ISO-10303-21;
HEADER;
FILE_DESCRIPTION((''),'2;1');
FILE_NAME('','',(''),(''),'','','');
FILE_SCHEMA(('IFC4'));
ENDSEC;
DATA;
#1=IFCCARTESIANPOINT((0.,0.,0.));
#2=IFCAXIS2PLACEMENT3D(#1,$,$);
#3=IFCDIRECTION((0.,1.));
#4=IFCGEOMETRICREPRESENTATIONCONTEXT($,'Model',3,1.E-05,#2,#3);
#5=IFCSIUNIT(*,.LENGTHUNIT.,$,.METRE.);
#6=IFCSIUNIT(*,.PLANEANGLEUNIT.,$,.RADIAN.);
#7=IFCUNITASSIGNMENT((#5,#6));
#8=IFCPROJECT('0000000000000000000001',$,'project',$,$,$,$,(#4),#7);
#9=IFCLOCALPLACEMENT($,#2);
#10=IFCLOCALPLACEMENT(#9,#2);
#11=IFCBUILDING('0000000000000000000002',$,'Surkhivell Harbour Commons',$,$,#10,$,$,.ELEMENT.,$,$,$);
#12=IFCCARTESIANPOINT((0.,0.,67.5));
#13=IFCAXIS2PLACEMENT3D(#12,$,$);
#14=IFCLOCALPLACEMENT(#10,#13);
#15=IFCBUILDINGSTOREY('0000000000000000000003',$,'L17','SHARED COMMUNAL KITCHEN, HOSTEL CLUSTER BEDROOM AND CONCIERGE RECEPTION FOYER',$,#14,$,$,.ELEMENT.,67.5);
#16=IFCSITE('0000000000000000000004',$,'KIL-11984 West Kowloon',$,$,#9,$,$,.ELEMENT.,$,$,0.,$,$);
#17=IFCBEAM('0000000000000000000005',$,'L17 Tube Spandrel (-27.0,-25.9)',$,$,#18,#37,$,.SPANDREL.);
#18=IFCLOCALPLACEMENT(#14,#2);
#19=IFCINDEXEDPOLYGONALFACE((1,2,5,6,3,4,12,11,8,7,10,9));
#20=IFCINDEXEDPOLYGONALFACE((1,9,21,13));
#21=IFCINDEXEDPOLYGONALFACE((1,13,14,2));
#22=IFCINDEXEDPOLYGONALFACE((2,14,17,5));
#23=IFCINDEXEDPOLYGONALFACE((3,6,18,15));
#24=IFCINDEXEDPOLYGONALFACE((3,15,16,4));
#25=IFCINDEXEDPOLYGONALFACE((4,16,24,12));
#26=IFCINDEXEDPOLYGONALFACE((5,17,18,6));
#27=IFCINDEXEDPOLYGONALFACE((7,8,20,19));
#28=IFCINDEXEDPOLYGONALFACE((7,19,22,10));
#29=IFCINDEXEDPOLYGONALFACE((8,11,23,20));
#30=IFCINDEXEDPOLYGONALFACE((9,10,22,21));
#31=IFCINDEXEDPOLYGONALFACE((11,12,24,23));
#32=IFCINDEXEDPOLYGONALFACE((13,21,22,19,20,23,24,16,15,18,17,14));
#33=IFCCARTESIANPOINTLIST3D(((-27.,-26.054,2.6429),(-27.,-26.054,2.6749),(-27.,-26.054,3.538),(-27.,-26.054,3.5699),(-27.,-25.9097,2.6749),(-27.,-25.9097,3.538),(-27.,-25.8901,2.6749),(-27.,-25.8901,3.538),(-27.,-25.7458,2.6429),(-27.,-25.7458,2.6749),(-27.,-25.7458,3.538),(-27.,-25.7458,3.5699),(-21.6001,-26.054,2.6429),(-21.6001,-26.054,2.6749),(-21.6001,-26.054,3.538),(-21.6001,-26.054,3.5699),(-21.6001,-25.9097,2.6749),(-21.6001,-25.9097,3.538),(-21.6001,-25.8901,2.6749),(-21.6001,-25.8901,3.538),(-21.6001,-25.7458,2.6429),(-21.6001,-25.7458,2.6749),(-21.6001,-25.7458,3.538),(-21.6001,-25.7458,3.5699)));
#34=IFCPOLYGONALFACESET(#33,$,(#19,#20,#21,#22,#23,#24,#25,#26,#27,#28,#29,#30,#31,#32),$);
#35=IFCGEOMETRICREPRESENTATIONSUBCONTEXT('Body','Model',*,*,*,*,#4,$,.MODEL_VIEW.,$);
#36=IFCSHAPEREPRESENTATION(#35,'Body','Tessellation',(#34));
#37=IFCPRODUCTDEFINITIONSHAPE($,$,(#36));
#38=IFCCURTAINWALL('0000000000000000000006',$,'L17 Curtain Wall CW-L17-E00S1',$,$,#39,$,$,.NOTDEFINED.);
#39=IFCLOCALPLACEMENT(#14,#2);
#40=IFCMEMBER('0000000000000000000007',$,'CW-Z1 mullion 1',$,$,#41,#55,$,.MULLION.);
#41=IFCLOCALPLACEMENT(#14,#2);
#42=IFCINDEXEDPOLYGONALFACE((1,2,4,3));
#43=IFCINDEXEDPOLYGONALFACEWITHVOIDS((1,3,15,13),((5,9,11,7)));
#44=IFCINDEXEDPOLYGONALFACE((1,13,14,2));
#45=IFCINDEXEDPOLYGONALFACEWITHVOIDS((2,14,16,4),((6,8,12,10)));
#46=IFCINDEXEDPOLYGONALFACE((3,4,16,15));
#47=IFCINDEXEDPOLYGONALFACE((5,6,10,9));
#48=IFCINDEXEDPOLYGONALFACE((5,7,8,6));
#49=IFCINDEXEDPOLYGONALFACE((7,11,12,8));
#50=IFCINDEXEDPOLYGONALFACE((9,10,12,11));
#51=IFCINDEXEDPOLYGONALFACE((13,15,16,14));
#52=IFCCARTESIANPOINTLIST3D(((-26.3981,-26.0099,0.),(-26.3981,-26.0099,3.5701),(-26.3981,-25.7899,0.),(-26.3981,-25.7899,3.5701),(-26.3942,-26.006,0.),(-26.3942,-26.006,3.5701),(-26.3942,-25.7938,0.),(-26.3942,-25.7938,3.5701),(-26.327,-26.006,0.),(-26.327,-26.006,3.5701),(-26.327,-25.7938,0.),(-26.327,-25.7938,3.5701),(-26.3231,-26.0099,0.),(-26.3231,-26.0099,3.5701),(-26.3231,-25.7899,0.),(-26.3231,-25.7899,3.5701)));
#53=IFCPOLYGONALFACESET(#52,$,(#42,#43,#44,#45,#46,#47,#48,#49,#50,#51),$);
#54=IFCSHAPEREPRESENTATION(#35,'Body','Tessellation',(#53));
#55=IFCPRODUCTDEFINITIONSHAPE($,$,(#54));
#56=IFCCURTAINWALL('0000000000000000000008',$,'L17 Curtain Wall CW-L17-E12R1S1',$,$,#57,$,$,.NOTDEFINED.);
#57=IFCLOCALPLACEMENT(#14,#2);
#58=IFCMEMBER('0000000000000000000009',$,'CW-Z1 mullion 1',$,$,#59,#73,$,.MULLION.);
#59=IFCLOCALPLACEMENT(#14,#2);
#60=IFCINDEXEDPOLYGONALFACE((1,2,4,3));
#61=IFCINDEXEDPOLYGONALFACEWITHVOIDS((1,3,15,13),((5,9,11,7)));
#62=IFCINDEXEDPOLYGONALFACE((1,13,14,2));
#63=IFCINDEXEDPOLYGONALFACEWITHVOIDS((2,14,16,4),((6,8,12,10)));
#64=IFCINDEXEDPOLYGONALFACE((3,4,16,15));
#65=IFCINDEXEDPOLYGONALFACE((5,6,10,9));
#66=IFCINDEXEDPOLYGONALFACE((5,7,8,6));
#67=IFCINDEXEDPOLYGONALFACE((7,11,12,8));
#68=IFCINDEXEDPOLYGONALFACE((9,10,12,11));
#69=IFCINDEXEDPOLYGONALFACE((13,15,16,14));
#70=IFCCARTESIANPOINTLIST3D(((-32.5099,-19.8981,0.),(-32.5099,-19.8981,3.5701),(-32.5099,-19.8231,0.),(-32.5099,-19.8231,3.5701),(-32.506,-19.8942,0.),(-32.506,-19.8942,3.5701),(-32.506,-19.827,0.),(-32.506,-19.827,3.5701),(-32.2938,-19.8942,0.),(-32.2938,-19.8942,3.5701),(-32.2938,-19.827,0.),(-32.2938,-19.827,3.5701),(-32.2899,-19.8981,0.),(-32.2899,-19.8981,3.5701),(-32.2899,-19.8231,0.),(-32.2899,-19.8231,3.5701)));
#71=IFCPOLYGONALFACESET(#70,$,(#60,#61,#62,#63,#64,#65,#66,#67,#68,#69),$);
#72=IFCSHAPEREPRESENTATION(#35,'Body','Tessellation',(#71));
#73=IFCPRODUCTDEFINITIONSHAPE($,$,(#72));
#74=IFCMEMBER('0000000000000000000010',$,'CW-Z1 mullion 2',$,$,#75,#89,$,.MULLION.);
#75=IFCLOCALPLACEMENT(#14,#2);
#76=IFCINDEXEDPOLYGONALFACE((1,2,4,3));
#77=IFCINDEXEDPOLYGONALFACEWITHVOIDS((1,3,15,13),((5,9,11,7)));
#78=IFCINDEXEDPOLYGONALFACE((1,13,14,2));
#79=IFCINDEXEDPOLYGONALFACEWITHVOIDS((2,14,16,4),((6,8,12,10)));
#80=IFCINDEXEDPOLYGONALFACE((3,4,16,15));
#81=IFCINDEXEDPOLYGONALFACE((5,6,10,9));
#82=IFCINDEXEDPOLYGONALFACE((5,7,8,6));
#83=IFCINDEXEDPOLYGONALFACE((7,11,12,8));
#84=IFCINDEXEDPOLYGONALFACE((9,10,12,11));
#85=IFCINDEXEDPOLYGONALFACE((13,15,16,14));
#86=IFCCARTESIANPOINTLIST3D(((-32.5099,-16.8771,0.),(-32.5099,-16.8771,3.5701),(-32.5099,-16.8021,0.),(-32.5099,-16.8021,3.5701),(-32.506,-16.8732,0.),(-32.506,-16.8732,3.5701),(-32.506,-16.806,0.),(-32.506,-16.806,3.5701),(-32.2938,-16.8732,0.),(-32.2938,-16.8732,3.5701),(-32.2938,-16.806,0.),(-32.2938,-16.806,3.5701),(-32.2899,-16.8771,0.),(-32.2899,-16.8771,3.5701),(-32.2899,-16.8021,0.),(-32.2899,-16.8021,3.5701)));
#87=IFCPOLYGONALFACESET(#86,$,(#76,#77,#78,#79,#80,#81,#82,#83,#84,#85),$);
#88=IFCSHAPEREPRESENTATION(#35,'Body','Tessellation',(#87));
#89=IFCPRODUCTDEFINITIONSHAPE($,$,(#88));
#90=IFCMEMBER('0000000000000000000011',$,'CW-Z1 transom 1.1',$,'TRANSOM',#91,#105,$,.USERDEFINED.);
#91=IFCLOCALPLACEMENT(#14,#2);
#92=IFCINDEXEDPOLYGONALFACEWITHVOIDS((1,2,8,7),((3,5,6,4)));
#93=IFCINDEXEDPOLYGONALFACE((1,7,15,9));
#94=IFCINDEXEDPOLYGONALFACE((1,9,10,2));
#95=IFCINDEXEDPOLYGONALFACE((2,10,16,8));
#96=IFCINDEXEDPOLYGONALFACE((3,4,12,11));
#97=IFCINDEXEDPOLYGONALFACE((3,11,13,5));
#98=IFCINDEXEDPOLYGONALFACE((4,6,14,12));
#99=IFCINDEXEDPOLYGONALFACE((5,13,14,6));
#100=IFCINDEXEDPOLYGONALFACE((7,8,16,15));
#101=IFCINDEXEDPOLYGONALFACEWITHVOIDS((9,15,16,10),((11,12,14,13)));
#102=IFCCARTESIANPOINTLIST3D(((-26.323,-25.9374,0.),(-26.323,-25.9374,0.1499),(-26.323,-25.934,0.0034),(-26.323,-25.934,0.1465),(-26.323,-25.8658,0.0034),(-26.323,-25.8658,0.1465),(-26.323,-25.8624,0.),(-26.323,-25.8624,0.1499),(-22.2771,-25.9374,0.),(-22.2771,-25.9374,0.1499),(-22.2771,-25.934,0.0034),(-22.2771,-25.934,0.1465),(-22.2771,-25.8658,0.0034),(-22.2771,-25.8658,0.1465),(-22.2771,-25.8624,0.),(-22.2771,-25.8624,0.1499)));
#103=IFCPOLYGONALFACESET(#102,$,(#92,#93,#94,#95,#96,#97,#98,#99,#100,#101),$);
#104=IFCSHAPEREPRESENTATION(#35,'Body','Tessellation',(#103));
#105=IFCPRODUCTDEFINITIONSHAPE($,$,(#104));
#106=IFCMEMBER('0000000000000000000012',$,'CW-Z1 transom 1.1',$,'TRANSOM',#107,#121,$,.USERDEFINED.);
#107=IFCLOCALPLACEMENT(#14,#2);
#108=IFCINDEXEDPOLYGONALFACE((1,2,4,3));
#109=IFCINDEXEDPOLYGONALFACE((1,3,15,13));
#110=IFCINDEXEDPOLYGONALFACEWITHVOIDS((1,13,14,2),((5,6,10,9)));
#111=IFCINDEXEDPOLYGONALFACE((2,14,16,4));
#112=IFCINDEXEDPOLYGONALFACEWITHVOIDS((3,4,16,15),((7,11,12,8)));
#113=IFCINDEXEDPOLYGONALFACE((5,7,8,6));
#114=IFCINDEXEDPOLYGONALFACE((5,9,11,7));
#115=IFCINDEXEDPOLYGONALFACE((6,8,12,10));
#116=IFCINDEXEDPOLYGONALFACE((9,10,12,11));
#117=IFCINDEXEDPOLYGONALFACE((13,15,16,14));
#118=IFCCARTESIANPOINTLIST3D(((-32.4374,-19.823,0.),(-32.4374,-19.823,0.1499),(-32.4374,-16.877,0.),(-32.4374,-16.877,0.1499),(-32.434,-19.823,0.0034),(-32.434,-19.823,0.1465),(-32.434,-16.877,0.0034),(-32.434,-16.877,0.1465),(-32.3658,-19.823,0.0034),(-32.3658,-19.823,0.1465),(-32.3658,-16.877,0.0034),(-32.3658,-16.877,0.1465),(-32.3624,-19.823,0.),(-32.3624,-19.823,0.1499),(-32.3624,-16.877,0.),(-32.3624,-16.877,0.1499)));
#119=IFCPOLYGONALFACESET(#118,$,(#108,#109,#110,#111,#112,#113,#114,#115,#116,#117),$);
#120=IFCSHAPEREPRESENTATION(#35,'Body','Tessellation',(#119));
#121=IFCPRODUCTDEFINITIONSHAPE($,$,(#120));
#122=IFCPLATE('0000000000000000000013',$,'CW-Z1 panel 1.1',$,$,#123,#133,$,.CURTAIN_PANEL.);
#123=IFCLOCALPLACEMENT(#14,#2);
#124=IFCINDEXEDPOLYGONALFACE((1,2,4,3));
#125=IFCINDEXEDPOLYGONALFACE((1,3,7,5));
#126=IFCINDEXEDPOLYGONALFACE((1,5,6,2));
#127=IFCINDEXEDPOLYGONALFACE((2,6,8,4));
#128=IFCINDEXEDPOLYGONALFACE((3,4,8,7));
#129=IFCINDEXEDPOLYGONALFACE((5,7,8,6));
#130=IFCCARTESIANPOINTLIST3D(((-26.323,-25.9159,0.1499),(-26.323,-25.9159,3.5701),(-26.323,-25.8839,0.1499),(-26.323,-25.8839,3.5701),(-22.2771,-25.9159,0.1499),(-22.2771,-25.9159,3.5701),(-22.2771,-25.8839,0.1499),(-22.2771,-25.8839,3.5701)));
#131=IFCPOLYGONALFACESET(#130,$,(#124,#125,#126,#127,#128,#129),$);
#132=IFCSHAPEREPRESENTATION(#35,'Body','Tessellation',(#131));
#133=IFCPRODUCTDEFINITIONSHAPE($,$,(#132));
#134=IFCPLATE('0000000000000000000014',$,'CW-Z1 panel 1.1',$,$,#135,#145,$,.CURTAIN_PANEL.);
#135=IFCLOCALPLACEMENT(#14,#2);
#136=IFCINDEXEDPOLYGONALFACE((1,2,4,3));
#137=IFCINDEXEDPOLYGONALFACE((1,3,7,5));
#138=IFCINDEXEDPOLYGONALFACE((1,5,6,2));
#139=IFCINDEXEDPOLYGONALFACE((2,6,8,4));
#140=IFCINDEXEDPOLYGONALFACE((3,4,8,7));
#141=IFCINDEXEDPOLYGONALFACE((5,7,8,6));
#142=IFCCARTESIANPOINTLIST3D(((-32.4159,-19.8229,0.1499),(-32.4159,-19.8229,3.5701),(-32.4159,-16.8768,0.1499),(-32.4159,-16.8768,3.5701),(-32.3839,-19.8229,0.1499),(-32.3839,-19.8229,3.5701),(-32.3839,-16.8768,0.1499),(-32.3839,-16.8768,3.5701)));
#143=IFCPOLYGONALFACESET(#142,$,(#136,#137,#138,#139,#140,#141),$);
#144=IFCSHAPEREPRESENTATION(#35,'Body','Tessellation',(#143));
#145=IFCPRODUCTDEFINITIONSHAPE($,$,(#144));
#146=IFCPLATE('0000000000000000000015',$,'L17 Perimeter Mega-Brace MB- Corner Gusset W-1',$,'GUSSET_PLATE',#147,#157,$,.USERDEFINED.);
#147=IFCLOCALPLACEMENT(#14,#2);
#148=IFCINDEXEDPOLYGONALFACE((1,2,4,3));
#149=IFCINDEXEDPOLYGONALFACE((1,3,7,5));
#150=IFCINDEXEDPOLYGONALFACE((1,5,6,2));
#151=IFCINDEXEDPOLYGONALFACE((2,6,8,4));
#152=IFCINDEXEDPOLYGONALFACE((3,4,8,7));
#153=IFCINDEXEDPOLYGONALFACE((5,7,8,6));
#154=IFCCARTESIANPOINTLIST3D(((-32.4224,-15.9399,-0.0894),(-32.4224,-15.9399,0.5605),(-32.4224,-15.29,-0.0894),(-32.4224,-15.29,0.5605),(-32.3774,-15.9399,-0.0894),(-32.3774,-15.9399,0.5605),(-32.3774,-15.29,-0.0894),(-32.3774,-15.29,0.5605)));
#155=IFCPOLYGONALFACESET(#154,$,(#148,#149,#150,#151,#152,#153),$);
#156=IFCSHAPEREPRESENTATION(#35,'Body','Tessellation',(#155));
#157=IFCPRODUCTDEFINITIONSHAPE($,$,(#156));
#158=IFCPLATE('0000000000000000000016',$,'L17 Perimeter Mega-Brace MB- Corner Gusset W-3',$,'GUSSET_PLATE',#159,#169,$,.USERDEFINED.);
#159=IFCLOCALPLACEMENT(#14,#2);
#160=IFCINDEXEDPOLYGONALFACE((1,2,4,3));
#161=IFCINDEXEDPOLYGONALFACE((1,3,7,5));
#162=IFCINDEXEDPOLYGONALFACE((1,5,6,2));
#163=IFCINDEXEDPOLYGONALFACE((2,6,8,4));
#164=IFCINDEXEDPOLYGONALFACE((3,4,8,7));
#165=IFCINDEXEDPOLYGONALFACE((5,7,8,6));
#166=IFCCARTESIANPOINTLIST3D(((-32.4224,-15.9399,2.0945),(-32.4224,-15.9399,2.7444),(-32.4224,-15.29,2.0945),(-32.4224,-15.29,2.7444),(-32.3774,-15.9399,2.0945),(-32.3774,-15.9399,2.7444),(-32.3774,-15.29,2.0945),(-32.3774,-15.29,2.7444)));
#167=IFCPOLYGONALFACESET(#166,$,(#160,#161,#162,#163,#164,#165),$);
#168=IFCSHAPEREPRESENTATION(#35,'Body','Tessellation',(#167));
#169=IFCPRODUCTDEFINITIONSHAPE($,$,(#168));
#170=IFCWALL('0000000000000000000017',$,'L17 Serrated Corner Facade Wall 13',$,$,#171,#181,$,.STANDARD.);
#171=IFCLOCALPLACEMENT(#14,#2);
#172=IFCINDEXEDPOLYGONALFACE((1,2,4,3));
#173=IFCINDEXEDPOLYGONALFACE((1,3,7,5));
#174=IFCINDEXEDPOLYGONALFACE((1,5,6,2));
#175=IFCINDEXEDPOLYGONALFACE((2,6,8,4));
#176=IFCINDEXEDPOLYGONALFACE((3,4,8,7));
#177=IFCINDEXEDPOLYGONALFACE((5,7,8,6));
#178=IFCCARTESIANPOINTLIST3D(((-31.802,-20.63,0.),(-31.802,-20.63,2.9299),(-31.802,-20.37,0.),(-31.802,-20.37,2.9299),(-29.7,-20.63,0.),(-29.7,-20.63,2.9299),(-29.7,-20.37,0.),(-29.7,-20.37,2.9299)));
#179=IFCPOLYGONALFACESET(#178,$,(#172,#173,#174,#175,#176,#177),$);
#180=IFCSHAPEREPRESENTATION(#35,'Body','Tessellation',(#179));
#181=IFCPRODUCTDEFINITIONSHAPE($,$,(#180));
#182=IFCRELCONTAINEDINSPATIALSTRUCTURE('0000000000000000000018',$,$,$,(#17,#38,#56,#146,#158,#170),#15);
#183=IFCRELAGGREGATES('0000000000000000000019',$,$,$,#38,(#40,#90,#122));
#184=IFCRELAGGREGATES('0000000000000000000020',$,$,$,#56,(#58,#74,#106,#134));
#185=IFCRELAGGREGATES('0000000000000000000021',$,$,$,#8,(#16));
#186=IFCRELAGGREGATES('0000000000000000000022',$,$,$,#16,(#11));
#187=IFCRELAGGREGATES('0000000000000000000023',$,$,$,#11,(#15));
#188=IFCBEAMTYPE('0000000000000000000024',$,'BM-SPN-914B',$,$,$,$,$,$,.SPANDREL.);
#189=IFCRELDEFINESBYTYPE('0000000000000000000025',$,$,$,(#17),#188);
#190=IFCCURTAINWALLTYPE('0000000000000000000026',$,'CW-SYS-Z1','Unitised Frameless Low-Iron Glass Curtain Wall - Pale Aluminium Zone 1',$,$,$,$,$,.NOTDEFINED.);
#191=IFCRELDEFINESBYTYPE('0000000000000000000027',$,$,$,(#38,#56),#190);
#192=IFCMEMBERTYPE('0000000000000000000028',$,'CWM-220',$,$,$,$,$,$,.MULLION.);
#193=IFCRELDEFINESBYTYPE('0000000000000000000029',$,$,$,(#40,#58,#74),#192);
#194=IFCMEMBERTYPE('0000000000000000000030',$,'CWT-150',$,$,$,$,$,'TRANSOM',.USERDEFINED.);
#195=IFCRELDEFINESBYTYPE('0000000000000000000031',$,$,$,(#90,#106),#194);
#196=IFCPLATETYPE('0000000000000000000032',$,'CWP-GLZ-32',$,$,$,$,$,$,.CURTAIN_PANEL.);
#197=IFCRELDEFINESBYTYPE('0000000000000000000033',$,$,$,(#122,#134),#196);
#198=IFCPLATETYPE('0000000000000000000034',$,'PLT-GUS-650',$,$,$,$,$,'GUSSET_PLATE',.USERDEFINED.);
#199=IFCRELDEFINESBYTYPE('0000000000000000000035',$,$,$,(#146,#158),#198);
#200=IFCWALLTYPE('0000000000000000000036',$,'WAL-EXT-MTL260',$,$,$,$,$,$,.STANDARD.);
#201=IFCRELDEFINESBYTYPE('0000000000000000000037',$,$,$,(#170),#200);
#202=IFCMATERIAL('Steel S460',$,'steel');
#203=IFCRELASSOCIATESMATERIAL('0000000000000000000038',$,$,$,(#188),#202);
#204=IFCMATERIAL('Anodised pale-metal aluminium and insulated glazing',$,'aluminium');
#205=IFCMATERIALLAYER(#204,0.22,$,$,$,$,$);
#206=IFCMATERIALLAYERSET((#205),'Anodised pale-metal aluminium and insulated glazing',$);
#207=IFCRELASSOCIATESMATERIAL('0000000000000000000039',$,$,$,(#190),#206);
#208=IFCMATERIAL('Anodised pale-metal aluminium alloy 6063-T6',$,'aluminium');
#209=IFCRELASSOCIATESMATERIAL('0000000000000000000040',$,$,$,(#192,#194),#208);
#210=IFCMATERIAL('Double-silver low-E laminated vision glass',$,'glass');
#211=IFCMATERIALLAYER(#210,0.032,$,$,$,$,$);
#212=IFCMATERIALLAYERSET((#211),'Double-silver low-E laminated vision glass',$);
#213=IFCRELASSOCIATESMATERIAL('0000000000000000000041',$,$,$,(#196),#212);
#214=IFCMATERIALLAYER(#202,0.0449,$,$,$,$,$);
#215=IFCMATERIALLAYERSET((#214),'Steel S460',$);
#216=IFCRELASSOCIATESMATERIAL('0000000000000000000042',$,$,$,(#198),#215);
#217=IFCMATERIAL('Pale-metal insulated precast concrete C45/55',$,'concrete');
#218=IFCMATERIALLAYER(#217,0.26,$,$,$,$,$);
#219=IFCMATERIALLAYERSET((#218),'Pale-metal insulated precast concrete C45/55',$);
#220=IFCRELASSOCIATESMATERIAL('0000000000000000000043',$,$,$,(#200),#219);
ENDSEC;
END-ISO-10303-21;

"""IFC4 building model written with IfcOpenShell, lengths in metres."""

from ifc_helpers import new_model, si_unit, direction, frame, frame_2d, origin, origin_2d, place, context, subcontext, project, spatial, rectangle, hollow_rectangle, i_section, extrude, material, layer, layer_set, material_profile, profile_set, type_object, element, aggregate, save


model = new_model("IFC4")

# Units and contexts
model_context = context("Model", 3, precision=1e-05, world=origin(), true_north=direction((0.0, 1.0)))
body_context = subcontext(model_context, "Body", "Model", "MODEL_VIEW")
ifc_project = project(units=[si_unit("LENGTHUNIT", "METRE"), si_unit("PLANEANGLEUNIT", "RADIAN")], contexts=[model_context])

# Site, building, storey
site_placement = place(None, origin())
site = spatial("IfcSite", under=ifc_project, at=site_placement, Name="KIL-11984 West Kowloon", CompositionType="ELEMENT", RefElevation=0.0)
building_placement = place(site_placement, origin())
building = spatial("IfcBuilding", under=site, at=building_placement, Name="Surkhivell Harbour Commons", CompositionType="ELEMENT")
storey_placement = place(building_placement, frame((0.0, 0.0, 67.5)))
storey = spatial("IfcBuildingStorey", under=building, at=storey_placement, Name="L17", Description="SHARED COMMUNAL KITCHEN, HOSTEL CLUSTER BEDROOM AND CONCIERGE RECEPTION FOYER", CompositionType="ELEMENT", Elevation=67.5)

# Beam
ifc_material_1 = material(Name="Steel S460", Category="steel")
ifc_material_profile_1 = material_profile(ifc_material_1, i_section(OverallWidth=0.3081, OverallDepth=0.927, WebThickness=0.0195, FlangeThickness=0.032, at=origin_2d()), Name="UB914x305x289")
ifc_profile_set_1 = profile_set([ifc_material_profile_1], Name="Steel S460")
beam_type_1 = type_object("IfcBeamType", Name="BM-SPN-914B", PredefinedType="SPANDREL", material=ifc_profile_set_1)
for number, where, z_axis, x_axis, name in (
    (1, (-27.0, -25.8999, 3.1064), (1.0, 0.0, 0.0), (0.0, 1.0, 0.0), "L17 Tube Spandrel (-27.0,-25.9)"),
):
    element("IfcBeam", number, at=place(storey_placement, frame(where, z_axis=z_axis, x_axis=x_axis)), inside=storey, type_object=beam_type_1, Name=name, PredefinedType="SPANDREL", context=body_context, shape_type="SweptSolid", body=[
        extrude(i_section(OverallWidth=0.3081, OverallDepth=0.927, WebThickness=0.0195, FlangeThickness=0.032, at=origin_2d()), origin(), (0.0, 0.0, 1.0), 5.3999),
    ])

# Curtain wall, member
ifc_material_2 = material(Name="Anodised pale-metal aluminium and insulated glazing", Category="aluminium")
ifc_layer_1 = layer(ifc_material_2, 0.22)
ifc_layer_set_1 = layer_set([ifc_layer_1], Name="Anodised pale-metal aluminium and insulated glazing")
curtain_wall_type = type_object("IfcCurtainWallType", Name="CW-SYS-Z1", Description="Unitised Frameless Low-Iron Glass Curtain Wall - Pale Aluminium Zone 1", PredefinedType="NOTDEFINED", material=ifc_layer_set_1)
curtain_wall_1_placement = place(storey_placement, origin())
curtain_wall_1 = element("IfcCurtainWall", 2, at=curtain_wall_1_placement, inside=storey, type_object=curtain_wall_type, Name="L17 Curtain Wall CW-L17-E00S1", PredefinedType="NOTDEFINED")
ifc_material_3 = material(Name="Anodised pale-metal aluminium alloy 6063-T6", Category="aluminium")
ifc_material_profile_2 = material_profile(ifc_material_3, hollow_rectangle(XDim=0.075, YDim=0.22, WallThickness=0.0039, at=origin_2d()), Name="ALU-MULL-75x220")
ifc_profile_set_2 = profile_set([ifc_material_profile_2], Name="Anodised pale-metal aluminium alloy 6063-T6")
member_type_1 = type_object("IfcMemberType", Name="CWM-220", PredefinedType="MULLION", material=ifc_profile_set_2)
member_1_placement = place(storey_placement, frame((-26.3606, -25.8999, 0.0), z_axis=(0.0, 0.0, 1.0), x_axis=(1.0, 0.0, 0.0)))
member_1 = element("IfcMember", 3, at=member_1_placement, type_object=member_type_1, Name="CW-Z1 mullion 1", PredefinedType="MULLION", context=body_context, shape_type="SweptSolid", body=[
    extrude(hollow_rectangle(XDim=0.075, YDim=0.22, WallThickness=0.0039, at=origin_2d()), origin(), (0.0, 0.0, 1.0), 3.5701),
])

# Curtain wall, members
curtain_wall_2_placement = place(storey_placement, origin())
curtain_wall_2 = element("IfcCurtainWall", 4, at=curtain_wall_2_placement, inside=storey, type_object=curtain_wall_type, Name="L17 Curtain Wall CW-L17-E12R1S1", PredefinedType="NOTDEFINED")
member_2_placement = place(storey_placement, frame((-32.3999, -19.8606, 0.0), z_axis=(0.0, 0.0, 1.0), x_axis=(0.0, 1.0, 0.0)))
member_2 = element("IfcMember", 5, at=member_2_placement, type_object=member_type_1, Name="CW-Z1 mullion 1", PredefinedType="MULLION", context=body_context, shape_type="SweptSolid", body=[
    extrude(hollow_rectangle(XDim=0.075, YDim=0.22, WallThickness=0.0039, at=origin_2d()), origin(), (0.0, 0.0, 1.0), 3.5701),
])
member_3_placement = place(storey_placement, frame((-32.3999, -16.8396, 0.0), z_axis=(0.0, 0.0, 1.0), x_axis=(0.0, 1.0, 0.0)))
member_3 = element("IfcMember", 6, at=member_3_placement, type_object=member_type_1, Name="CW-Z1 mullion 2", PredefinedType="MULLION", context=body_context, shape_type="SweptSolid", body=[
    extrude(hollow_rectangle(XDim=0.075, YDim=0.22, WallThickness=0.0039, at=origin_2d()), origin(), (0.0, 0.0, 1.0), 3.5701),
])

# Members
ifc_material_profile_3 = material_profile(ifc_material_3, hollow_rectangle(XDim=0.075, YDim=0.1499, WallThickness=0.0034, at=origin_2d()), Name="ALU-TRAN-75x150")
ifc_profile_set_3 = profile_set([ifc_material_profile_3], Name="Anodised pale-metal aluminium alloy 6063-T6")
member_type_2 = type_object("IfcMemberType", Name="CWT-150", ElementType="TRANSOM", PredefinedType="USERDEFINED", material=ifc_profile_set_3)
member_4_placement = place(storey_placement, frame((-26.323, -25.8999, 0.075), z_axis=(1.0, 0.0, 0.0), x_axis=(0.0, 1.0, 0.0)))
member_4 = element("IfcMember", 7, at=member_4_placement, type_object=member_type_2, Name="CW-Z1 transom 1.1", ObjectType="TRANSOM", PredefinedType="USERDEFINED", context=body_context, shape_type="SweptSolid", body=[
    extrude(hollow_rectangle(XDim=0.075, YDim=0.1499, WallThickness=0.0034, at=origin_2d()), origin(), (0.0, 0.0, 1.0), 4.0459),
])
member_5_placement = place(storey_placement, frame((-32.3999, -19.823, 0.075), z_axis=(0.0, 1.0, 0.0), x_axis=(-1.0, 0.0, 0.0)))
member_5 = element("IfcMember", 8, at=member_5_placement, type_object=member_type_2, Name="CW-Z1 transom 1.1", ObjectType="TRANSOM", PredefinedType="USERDEFINED", context=body_context, shape_type="SweptSolid", body=[
    extrude(hollow_rectangle(XDim=0.075, YDim=0.1499, WallThickness=0.0034, at=origin_2d()), origin(), (0.0, 0.0, 1.0), 2.946),
])

# Plates
ifc_material_4 = material(Name="Double-silver low-E laminated vision glass", Category="glass")
ifc_layer_2 = layer(ifc_material_4, 0.032)
ifc_layer_set_2 = layer_set([ifc_layer_2], Name="Double-silver low-E laminated vision glass")
plate_type_1 = type_object("IfcPlateType", Name="CWP-GLZ-32", PredefinedType="CURTAIN_PANEL", material=ifc_layer_set_2)
plate_1_placement = place(storey_placement, frame((-26.323, -25.8999, 0.1499), z_axis=(0.0, 0.0, 1.0), x_axis=(1.0, 0.0, 0.0)))
plate_1 = element("IfcPlate", 9, at=plate_1_placement, type_object=plate_type_1, Name="CW-Z1 panel 1.1", PredefinedType="CURTAIN_PANEL", context=body_context, shape_type="SweptSolid", body=[
    extrude(rectangle(XDim=4.0459, YDim=0.032, at=frame_2d((2.0229, 0.0))), origin(), (0.0, 0.0, 1.0), 3.4202),
])
aggregate(curtain_wall_1, [member_1, member_4, plate_1])
plate_2_placement = place(storey_placement, frame((-32.3999, -19.823, 0.1499), z_axis=(0.0, 0.0, 1.0), x_axis=(0.0, 1.0, 0.0)))
plate_2 = element("IfcPlate", 10, at=plate_2_placement, type_object=plate_type_1, Name="CW-Z1 panel 1.1", PredefinedType="CURTAIN_PANEL", context=body_context, shape_type="SweptSolid", body=[
    extrude(rectangle(XDim=2.946, YDim=0.032, at=frame_2d((1.4731, 0.0))), origin(), (0.0, 0.0, 1.0), 3.4202),
])
aggregate(curtain_wall_2, [member_2, member_3, member_5, plate_2])

# Plates
ifc_layer_3 = layer(ifc_material_1, 0.0449)
ifc_layer_set_3 = layer_set([ifc_layer_3], Name="Steel S460")
plate_type_2 = type_object("IfcPlateType", Name="PLT-GUS-650", ElementType="GUSSET_PLATE", PredefinedType="USERDEFINED", material=ifc_layer_set_3)
for number, where, z_axis, x_axis, name in (
    (11, (-32.3999, -15.615, -0.0894), (0.0, 0.0, 1.0), (0.0, 1.0, 0.0), "L17 Perimeter Mega-Brace MB- Corner Gusset W-1"),
    (12, (-32.3999, -15.615, 2.0945), (0.0, 0.0, 1.0), (0.0, 1.0, 0.0), "L17 Perimeter Mega-Brace MB- Corner Gusset W-3"),
):
    element("IfcPlate", number, at=place(storey_placement, frame(where, z_axis=z_axis, x_axis=x_axis)), inside=storey, type_object=plate_type_2, Name=name, ObjectType="GUSSET_PLATE", PredefinedType="USERDEFINED", context=body_context, shape_type="SweptSolid", body=[
        extrude(rectangle(XDim=0.6499, YDim=0.0449, at=origin_2d()), origin(), (0.0, 0.0, 1.0), 0.6499),
    ])

# Wall
ifc_material_5 = material(Name="Pale-metal insulated precast concrete C45/55", Category="concrete")
ifc_layer_4 = layer(ifc_material_5, 0.26)
ifc_layer_set_4 = layer_set([ifc_layer_4], Name="Pale-metal insulated precast concrete C45/55")
wall_type = type_object("IfcWallType", Name="WAL-EXT-MTL260", PredefinedType="STANDARD", material=ifc_layer_set_4)
wall_1_placement = place(storey_placement, frame((-31.802, -20.5, 0.0), z_axis=(0.0, 0.0, 1.0), x_axis=(1.0, 0.0, 0.0)))
element("IfcWall", 13, at=wall_1_placement, inside=storey, type_object=wall_type, Name="L17 Serrated Corner Facade Wall 13", PredefinedType="STANDARD", context=body_context, shape_type="SweptSolid", body=[
    extrude(rectangle(XDim=2.1021, YDim=0.26, at=frame_2d((1.051, 0.0))), origin(), (0.0, 0.0, 1.0), 2.9299),
])

save(model, "model.ifc")
